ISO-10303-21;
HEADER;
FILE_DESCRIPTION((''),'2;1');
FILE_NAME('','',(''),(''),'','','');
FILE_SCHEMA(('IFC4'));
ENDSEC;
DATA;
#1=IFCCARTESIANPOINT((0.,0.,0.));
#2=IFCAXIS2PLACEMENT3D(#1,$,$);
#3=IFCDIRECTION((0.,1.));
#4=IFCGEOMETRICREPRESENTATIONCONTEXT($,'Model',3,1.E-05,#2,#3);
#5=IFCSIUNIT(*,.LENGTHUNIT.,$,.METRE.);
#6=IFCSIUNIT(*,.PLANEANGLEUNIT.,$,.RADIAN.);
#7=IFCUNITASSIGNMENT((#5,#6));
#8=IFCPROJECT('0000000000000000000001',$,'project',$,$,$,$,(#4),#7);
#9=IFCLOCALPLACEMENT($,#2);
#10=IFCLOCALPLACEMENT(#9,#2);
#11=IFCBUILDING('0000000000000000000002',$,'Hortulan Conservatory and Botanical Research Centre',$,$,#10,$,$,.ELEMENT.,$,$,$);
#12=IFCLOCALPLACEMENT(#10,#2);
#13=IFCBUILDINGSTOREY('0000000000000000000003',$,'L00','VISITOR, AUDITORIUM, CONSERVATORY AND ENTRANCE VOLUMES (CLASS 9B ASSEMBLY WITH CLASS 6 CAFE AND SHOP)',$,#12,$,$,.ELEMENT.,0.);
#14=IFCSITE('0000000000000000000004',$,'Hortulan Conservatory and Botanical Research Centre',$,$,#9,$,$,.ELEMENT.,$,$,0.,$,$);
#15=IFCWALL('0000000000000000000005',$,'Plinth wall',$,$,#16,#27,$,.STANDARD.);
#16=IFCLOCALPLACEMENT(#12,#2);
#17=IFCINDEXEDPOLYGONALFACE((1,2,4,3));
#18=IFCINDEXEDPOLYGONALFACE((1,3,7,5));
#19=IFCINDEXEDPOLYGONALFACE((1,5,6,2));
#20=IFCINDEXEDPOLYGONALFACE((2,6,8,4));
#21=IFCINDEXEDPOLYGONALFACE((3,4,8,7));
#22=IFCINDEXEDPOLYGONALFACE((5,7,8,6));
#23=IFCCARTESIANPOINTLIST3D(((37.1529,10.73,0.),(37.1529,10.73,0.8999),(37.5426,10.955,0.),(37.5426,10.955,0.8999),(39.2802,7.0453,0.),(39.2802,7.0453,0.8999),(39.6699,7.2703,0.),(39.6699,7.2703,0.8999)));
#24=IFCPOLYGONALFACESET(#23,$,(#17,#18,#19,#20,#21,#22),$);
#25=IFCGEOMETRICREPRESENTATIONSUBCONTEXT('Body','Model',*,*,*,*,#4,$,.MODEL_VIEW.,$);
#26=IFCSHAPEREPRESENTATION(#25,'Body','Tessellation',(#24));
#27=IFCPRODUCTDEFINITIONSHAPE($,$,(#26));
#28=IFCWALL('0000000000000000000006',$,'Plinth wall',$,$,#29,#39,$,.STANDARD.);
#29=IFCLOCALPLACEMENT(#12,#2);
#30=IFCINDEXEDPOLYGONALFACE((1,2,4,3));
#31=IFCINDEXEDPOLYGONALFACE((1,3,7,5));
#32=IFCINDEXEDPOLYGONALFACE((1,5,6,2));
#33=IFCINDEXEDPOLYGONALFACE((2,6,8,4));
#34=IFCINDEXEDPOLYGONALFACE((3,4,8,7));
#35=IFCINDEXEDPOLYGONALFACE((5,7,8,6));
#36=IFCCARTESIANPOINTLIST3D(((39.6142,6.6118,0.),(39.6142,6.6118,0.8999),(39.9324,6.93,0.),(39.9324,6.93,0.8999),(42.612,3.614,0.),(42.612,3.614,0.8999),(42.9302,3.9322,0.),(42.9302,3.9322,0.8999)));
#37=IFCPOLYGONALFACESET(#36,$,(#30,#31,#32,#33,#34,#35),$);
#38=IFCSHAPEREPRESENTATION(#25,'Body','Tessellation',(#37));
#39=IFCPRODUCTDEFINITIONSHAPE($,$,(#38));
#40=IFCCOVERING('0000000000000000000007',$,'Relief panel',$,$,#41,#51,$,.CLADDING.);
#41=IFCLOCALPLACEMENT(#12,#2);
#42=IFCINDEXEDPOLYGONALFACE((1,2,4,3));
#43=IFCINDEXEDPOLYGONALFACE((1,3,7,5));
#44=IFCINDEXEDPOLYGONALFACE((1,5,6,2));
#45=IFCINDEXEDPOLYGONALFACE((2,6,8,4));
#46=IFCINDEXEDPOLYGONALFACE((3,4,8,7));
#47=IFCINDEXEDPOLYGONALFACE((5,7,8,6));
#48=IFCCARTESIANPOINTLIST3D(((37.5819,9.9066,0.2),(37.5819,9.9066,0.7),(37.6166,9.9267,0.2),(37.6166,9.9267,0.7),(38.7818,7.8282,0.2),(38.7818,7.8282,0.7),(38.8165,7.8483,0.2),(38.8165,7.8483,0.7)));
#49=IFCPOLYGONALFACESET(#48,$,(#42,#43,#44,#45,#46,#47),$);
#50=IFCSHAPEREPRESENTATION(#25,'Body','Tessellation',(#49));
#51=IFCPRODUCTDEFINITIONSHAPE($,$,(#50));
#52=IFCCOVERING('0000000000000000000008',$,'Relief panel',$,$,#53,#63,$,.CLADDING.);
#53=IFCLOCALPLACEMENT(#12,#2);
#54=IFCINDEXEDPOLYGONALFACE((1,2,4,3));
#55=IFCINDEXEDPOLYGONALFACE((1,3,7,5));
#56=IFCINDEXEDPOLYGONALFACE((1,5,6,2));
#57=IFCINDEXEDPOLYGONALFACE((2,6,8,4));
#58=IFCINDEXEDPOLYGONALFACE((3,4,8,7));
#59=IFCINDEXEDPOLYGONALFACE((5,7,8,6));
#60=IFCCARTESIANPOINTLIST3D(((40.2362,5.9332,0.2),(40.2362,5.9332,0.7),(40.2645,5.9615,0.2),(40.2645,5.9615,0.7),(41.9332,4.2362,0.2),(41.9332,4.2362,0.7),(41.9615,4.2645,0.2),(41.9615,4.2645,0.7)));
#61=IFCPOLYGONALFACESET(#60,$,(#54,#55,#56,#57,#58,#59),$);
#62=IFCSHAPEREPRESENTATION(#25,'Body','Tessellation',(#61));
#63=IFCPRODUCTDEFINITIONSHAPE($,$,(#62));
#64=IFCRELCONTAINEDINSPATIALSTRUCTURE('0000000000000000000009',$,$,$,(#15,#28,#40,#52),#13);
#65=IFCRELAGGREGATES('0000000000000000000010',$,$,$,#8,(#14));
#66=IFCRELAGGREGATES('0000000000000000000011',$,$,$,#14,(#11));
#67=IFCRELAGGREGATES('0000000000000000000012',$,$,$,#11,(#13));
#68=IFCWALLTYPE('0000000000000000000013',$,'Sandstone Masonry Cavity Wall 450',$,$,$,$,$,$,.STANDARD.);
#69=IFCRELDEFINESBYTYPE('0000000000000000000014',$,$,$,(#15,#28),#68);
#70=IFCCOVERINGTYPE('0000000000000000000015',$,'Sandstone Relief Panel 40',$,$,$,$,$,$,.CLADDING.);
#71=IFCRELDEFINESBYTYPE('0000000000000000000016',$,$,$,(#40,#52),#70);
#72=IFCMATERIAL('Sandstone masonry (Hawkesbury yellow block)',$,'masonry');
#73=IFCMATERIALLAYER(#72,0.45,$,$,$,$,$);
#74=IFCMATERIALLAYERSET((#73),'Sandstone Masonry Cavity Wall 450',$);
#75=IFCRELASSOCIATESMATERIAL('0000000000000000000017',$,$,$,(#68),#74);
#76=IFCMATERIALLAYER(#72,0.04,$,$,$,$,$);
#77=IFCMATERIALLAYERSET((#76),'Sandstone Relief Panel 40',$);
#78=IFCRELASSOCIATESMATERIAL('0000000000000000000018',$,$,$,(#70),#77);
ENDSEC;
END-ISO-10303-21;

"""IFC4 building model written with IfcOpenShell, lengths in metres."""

from ifc_helpers import new_model, si_unit, direction, frame, frame_2d, origin, origin_2d, place, context, subcontext, project, spatial, rectangle, extrude, material, layer, layer_set, type_object, element, save


model = new_model("IFC4")

# Units and contexts
model_context = context("Model", 3, precision=1e-05, world=origin(), true_north=direction((0.0, 1.0)))
body_context = subcontext(model_context, "Body", "Model", "MODEL_VIEW")
ifc_project = project(units=[si_unit("LENGTHUNIT", "METRE"), si_unit("PLANEANGLEUNIT", "RADIAN")], contexts=[model_context])

# Site, building, storey
site_placement = place(None, origin())
site = spatial("IfcSite", under=ifc_project, at=site_placement, Name="Hortulan Conservatory and Botanical Research Centre", CompositionType="ELEMENT", RefElevation=0.0)
building_placement = place(site_placement, origin())
building = spatial("IfcBuilding", under=site, at=building_placement, Name="Hortulan Conservatory and Botanical Research Centre", CompositionType="ELEMENT")
storey_placement = place(building_placement, origin())
storey = spatial("IfcBuildingStorey", under=building, at=storey_placement, Name="L00", Description="VISITOR, AUDITORIUM, CONSERVATORY AND ENTRANCE VOLUMES (CLASS 9B ASSEMBLY WITH CLASS 6 CAFE AND SHOP)", CompositionType="ELEMENT", Elevation=0.0)

# Walls
ifc_material_1 = material(Name="Sandstone masonry (Hawkesbury yellow block)", Category="masonry")
ifc_layer_1 = layer(ifc_material_1, 0.45)
ifc_layer_set_1 = layer_set([ifc_layer_1], Name="Sandstone Masonry Cavity Wall 450")
wall_type = type_object("IfcWallType", Name="Sandstone Masonry Cavity Wall 450", PredefinedType="STANDARD", material=ifc_layer_set_1)
wall_1_placement = place(storey_placement, frame((39.4751, 7.1577, 0.0), z_axis=(0.0, 0.0, 1.0), x_axis=(-0.499984, 0.866035, 0.0)))
element("IfcWall", 1, at=wall_1_placement, inside=storey, type_object=wall_type, Name="Plinth wall", PredefinedType="STANDARD", context=body_context, shape_type="SweptSolid", body=[
    extrude(rectangle(XDim=4.2546, YDim=0.45, at=frame_2d((2.1274, 0.0))), origin(), (0.0, 0.0, 1.0), 0.8999),
])
wall_2_placement = place(storey_placement, frame((42.771, 3.7732, 0.0), z_axis=(0.0, 0.0, 1.0), x_axis=(-0.707107, 0.707107, 0.0)))
element("IfcWall", 2, at=wall_2_placement, inside=storey, type_object=wall_type, Name="Plinth wall", PredefinedType="STANDARD", context=body_context, shape_type="SweptSolid", body=[
    extrude(rectangle(XDim=4.2395, YDim=0.45, at=frame_2d((2.1196, 0.0))), origin(), (0.0, 0.0, 1.0), 0.8999),
])

# Coverings
ifc_layer_2 = layer(ifc_material_1, 0.04)
ifc_layer_set_2 = layer_set([ifc_layer_2], Name="Sandstone Relief Panel 40")
covering_type = type_object("IfcCoveringType", Name="Sandstone Relief Panel 40", PredefinedType="CLADDING", material=ifc_layer_set_2)
for number, where, z_axis, x_axis, name in (
    (3, (38.1992, 8.8774, 0.2), (0.0, 0.0, 1.0), (-0.499982, 0.866036, 0.0), "Relief panel"),
    (4, (41.0989, 5.0989, 0.2), (0.0, 0.0, 1.0), (-0.707107, 0.707107, 0.0), "Relief panel"),
):
    element("IfcCovering", number, at=place(storey_placement, frame(where, z_axis=z_axis, x_axis=x_axis)), inside=storey, type_object=covering_type, Name=name, PredefinedType="CLADDING", context=body_context, shape_type="SweptSolid", body=[
        extrude(rectangle(XDim=2.3999, YDim=0.04, at=origin_2d()), origin(), (0.0, 0.0, 1.0), 0.5),
    ])

save(model, "model.ifc")
